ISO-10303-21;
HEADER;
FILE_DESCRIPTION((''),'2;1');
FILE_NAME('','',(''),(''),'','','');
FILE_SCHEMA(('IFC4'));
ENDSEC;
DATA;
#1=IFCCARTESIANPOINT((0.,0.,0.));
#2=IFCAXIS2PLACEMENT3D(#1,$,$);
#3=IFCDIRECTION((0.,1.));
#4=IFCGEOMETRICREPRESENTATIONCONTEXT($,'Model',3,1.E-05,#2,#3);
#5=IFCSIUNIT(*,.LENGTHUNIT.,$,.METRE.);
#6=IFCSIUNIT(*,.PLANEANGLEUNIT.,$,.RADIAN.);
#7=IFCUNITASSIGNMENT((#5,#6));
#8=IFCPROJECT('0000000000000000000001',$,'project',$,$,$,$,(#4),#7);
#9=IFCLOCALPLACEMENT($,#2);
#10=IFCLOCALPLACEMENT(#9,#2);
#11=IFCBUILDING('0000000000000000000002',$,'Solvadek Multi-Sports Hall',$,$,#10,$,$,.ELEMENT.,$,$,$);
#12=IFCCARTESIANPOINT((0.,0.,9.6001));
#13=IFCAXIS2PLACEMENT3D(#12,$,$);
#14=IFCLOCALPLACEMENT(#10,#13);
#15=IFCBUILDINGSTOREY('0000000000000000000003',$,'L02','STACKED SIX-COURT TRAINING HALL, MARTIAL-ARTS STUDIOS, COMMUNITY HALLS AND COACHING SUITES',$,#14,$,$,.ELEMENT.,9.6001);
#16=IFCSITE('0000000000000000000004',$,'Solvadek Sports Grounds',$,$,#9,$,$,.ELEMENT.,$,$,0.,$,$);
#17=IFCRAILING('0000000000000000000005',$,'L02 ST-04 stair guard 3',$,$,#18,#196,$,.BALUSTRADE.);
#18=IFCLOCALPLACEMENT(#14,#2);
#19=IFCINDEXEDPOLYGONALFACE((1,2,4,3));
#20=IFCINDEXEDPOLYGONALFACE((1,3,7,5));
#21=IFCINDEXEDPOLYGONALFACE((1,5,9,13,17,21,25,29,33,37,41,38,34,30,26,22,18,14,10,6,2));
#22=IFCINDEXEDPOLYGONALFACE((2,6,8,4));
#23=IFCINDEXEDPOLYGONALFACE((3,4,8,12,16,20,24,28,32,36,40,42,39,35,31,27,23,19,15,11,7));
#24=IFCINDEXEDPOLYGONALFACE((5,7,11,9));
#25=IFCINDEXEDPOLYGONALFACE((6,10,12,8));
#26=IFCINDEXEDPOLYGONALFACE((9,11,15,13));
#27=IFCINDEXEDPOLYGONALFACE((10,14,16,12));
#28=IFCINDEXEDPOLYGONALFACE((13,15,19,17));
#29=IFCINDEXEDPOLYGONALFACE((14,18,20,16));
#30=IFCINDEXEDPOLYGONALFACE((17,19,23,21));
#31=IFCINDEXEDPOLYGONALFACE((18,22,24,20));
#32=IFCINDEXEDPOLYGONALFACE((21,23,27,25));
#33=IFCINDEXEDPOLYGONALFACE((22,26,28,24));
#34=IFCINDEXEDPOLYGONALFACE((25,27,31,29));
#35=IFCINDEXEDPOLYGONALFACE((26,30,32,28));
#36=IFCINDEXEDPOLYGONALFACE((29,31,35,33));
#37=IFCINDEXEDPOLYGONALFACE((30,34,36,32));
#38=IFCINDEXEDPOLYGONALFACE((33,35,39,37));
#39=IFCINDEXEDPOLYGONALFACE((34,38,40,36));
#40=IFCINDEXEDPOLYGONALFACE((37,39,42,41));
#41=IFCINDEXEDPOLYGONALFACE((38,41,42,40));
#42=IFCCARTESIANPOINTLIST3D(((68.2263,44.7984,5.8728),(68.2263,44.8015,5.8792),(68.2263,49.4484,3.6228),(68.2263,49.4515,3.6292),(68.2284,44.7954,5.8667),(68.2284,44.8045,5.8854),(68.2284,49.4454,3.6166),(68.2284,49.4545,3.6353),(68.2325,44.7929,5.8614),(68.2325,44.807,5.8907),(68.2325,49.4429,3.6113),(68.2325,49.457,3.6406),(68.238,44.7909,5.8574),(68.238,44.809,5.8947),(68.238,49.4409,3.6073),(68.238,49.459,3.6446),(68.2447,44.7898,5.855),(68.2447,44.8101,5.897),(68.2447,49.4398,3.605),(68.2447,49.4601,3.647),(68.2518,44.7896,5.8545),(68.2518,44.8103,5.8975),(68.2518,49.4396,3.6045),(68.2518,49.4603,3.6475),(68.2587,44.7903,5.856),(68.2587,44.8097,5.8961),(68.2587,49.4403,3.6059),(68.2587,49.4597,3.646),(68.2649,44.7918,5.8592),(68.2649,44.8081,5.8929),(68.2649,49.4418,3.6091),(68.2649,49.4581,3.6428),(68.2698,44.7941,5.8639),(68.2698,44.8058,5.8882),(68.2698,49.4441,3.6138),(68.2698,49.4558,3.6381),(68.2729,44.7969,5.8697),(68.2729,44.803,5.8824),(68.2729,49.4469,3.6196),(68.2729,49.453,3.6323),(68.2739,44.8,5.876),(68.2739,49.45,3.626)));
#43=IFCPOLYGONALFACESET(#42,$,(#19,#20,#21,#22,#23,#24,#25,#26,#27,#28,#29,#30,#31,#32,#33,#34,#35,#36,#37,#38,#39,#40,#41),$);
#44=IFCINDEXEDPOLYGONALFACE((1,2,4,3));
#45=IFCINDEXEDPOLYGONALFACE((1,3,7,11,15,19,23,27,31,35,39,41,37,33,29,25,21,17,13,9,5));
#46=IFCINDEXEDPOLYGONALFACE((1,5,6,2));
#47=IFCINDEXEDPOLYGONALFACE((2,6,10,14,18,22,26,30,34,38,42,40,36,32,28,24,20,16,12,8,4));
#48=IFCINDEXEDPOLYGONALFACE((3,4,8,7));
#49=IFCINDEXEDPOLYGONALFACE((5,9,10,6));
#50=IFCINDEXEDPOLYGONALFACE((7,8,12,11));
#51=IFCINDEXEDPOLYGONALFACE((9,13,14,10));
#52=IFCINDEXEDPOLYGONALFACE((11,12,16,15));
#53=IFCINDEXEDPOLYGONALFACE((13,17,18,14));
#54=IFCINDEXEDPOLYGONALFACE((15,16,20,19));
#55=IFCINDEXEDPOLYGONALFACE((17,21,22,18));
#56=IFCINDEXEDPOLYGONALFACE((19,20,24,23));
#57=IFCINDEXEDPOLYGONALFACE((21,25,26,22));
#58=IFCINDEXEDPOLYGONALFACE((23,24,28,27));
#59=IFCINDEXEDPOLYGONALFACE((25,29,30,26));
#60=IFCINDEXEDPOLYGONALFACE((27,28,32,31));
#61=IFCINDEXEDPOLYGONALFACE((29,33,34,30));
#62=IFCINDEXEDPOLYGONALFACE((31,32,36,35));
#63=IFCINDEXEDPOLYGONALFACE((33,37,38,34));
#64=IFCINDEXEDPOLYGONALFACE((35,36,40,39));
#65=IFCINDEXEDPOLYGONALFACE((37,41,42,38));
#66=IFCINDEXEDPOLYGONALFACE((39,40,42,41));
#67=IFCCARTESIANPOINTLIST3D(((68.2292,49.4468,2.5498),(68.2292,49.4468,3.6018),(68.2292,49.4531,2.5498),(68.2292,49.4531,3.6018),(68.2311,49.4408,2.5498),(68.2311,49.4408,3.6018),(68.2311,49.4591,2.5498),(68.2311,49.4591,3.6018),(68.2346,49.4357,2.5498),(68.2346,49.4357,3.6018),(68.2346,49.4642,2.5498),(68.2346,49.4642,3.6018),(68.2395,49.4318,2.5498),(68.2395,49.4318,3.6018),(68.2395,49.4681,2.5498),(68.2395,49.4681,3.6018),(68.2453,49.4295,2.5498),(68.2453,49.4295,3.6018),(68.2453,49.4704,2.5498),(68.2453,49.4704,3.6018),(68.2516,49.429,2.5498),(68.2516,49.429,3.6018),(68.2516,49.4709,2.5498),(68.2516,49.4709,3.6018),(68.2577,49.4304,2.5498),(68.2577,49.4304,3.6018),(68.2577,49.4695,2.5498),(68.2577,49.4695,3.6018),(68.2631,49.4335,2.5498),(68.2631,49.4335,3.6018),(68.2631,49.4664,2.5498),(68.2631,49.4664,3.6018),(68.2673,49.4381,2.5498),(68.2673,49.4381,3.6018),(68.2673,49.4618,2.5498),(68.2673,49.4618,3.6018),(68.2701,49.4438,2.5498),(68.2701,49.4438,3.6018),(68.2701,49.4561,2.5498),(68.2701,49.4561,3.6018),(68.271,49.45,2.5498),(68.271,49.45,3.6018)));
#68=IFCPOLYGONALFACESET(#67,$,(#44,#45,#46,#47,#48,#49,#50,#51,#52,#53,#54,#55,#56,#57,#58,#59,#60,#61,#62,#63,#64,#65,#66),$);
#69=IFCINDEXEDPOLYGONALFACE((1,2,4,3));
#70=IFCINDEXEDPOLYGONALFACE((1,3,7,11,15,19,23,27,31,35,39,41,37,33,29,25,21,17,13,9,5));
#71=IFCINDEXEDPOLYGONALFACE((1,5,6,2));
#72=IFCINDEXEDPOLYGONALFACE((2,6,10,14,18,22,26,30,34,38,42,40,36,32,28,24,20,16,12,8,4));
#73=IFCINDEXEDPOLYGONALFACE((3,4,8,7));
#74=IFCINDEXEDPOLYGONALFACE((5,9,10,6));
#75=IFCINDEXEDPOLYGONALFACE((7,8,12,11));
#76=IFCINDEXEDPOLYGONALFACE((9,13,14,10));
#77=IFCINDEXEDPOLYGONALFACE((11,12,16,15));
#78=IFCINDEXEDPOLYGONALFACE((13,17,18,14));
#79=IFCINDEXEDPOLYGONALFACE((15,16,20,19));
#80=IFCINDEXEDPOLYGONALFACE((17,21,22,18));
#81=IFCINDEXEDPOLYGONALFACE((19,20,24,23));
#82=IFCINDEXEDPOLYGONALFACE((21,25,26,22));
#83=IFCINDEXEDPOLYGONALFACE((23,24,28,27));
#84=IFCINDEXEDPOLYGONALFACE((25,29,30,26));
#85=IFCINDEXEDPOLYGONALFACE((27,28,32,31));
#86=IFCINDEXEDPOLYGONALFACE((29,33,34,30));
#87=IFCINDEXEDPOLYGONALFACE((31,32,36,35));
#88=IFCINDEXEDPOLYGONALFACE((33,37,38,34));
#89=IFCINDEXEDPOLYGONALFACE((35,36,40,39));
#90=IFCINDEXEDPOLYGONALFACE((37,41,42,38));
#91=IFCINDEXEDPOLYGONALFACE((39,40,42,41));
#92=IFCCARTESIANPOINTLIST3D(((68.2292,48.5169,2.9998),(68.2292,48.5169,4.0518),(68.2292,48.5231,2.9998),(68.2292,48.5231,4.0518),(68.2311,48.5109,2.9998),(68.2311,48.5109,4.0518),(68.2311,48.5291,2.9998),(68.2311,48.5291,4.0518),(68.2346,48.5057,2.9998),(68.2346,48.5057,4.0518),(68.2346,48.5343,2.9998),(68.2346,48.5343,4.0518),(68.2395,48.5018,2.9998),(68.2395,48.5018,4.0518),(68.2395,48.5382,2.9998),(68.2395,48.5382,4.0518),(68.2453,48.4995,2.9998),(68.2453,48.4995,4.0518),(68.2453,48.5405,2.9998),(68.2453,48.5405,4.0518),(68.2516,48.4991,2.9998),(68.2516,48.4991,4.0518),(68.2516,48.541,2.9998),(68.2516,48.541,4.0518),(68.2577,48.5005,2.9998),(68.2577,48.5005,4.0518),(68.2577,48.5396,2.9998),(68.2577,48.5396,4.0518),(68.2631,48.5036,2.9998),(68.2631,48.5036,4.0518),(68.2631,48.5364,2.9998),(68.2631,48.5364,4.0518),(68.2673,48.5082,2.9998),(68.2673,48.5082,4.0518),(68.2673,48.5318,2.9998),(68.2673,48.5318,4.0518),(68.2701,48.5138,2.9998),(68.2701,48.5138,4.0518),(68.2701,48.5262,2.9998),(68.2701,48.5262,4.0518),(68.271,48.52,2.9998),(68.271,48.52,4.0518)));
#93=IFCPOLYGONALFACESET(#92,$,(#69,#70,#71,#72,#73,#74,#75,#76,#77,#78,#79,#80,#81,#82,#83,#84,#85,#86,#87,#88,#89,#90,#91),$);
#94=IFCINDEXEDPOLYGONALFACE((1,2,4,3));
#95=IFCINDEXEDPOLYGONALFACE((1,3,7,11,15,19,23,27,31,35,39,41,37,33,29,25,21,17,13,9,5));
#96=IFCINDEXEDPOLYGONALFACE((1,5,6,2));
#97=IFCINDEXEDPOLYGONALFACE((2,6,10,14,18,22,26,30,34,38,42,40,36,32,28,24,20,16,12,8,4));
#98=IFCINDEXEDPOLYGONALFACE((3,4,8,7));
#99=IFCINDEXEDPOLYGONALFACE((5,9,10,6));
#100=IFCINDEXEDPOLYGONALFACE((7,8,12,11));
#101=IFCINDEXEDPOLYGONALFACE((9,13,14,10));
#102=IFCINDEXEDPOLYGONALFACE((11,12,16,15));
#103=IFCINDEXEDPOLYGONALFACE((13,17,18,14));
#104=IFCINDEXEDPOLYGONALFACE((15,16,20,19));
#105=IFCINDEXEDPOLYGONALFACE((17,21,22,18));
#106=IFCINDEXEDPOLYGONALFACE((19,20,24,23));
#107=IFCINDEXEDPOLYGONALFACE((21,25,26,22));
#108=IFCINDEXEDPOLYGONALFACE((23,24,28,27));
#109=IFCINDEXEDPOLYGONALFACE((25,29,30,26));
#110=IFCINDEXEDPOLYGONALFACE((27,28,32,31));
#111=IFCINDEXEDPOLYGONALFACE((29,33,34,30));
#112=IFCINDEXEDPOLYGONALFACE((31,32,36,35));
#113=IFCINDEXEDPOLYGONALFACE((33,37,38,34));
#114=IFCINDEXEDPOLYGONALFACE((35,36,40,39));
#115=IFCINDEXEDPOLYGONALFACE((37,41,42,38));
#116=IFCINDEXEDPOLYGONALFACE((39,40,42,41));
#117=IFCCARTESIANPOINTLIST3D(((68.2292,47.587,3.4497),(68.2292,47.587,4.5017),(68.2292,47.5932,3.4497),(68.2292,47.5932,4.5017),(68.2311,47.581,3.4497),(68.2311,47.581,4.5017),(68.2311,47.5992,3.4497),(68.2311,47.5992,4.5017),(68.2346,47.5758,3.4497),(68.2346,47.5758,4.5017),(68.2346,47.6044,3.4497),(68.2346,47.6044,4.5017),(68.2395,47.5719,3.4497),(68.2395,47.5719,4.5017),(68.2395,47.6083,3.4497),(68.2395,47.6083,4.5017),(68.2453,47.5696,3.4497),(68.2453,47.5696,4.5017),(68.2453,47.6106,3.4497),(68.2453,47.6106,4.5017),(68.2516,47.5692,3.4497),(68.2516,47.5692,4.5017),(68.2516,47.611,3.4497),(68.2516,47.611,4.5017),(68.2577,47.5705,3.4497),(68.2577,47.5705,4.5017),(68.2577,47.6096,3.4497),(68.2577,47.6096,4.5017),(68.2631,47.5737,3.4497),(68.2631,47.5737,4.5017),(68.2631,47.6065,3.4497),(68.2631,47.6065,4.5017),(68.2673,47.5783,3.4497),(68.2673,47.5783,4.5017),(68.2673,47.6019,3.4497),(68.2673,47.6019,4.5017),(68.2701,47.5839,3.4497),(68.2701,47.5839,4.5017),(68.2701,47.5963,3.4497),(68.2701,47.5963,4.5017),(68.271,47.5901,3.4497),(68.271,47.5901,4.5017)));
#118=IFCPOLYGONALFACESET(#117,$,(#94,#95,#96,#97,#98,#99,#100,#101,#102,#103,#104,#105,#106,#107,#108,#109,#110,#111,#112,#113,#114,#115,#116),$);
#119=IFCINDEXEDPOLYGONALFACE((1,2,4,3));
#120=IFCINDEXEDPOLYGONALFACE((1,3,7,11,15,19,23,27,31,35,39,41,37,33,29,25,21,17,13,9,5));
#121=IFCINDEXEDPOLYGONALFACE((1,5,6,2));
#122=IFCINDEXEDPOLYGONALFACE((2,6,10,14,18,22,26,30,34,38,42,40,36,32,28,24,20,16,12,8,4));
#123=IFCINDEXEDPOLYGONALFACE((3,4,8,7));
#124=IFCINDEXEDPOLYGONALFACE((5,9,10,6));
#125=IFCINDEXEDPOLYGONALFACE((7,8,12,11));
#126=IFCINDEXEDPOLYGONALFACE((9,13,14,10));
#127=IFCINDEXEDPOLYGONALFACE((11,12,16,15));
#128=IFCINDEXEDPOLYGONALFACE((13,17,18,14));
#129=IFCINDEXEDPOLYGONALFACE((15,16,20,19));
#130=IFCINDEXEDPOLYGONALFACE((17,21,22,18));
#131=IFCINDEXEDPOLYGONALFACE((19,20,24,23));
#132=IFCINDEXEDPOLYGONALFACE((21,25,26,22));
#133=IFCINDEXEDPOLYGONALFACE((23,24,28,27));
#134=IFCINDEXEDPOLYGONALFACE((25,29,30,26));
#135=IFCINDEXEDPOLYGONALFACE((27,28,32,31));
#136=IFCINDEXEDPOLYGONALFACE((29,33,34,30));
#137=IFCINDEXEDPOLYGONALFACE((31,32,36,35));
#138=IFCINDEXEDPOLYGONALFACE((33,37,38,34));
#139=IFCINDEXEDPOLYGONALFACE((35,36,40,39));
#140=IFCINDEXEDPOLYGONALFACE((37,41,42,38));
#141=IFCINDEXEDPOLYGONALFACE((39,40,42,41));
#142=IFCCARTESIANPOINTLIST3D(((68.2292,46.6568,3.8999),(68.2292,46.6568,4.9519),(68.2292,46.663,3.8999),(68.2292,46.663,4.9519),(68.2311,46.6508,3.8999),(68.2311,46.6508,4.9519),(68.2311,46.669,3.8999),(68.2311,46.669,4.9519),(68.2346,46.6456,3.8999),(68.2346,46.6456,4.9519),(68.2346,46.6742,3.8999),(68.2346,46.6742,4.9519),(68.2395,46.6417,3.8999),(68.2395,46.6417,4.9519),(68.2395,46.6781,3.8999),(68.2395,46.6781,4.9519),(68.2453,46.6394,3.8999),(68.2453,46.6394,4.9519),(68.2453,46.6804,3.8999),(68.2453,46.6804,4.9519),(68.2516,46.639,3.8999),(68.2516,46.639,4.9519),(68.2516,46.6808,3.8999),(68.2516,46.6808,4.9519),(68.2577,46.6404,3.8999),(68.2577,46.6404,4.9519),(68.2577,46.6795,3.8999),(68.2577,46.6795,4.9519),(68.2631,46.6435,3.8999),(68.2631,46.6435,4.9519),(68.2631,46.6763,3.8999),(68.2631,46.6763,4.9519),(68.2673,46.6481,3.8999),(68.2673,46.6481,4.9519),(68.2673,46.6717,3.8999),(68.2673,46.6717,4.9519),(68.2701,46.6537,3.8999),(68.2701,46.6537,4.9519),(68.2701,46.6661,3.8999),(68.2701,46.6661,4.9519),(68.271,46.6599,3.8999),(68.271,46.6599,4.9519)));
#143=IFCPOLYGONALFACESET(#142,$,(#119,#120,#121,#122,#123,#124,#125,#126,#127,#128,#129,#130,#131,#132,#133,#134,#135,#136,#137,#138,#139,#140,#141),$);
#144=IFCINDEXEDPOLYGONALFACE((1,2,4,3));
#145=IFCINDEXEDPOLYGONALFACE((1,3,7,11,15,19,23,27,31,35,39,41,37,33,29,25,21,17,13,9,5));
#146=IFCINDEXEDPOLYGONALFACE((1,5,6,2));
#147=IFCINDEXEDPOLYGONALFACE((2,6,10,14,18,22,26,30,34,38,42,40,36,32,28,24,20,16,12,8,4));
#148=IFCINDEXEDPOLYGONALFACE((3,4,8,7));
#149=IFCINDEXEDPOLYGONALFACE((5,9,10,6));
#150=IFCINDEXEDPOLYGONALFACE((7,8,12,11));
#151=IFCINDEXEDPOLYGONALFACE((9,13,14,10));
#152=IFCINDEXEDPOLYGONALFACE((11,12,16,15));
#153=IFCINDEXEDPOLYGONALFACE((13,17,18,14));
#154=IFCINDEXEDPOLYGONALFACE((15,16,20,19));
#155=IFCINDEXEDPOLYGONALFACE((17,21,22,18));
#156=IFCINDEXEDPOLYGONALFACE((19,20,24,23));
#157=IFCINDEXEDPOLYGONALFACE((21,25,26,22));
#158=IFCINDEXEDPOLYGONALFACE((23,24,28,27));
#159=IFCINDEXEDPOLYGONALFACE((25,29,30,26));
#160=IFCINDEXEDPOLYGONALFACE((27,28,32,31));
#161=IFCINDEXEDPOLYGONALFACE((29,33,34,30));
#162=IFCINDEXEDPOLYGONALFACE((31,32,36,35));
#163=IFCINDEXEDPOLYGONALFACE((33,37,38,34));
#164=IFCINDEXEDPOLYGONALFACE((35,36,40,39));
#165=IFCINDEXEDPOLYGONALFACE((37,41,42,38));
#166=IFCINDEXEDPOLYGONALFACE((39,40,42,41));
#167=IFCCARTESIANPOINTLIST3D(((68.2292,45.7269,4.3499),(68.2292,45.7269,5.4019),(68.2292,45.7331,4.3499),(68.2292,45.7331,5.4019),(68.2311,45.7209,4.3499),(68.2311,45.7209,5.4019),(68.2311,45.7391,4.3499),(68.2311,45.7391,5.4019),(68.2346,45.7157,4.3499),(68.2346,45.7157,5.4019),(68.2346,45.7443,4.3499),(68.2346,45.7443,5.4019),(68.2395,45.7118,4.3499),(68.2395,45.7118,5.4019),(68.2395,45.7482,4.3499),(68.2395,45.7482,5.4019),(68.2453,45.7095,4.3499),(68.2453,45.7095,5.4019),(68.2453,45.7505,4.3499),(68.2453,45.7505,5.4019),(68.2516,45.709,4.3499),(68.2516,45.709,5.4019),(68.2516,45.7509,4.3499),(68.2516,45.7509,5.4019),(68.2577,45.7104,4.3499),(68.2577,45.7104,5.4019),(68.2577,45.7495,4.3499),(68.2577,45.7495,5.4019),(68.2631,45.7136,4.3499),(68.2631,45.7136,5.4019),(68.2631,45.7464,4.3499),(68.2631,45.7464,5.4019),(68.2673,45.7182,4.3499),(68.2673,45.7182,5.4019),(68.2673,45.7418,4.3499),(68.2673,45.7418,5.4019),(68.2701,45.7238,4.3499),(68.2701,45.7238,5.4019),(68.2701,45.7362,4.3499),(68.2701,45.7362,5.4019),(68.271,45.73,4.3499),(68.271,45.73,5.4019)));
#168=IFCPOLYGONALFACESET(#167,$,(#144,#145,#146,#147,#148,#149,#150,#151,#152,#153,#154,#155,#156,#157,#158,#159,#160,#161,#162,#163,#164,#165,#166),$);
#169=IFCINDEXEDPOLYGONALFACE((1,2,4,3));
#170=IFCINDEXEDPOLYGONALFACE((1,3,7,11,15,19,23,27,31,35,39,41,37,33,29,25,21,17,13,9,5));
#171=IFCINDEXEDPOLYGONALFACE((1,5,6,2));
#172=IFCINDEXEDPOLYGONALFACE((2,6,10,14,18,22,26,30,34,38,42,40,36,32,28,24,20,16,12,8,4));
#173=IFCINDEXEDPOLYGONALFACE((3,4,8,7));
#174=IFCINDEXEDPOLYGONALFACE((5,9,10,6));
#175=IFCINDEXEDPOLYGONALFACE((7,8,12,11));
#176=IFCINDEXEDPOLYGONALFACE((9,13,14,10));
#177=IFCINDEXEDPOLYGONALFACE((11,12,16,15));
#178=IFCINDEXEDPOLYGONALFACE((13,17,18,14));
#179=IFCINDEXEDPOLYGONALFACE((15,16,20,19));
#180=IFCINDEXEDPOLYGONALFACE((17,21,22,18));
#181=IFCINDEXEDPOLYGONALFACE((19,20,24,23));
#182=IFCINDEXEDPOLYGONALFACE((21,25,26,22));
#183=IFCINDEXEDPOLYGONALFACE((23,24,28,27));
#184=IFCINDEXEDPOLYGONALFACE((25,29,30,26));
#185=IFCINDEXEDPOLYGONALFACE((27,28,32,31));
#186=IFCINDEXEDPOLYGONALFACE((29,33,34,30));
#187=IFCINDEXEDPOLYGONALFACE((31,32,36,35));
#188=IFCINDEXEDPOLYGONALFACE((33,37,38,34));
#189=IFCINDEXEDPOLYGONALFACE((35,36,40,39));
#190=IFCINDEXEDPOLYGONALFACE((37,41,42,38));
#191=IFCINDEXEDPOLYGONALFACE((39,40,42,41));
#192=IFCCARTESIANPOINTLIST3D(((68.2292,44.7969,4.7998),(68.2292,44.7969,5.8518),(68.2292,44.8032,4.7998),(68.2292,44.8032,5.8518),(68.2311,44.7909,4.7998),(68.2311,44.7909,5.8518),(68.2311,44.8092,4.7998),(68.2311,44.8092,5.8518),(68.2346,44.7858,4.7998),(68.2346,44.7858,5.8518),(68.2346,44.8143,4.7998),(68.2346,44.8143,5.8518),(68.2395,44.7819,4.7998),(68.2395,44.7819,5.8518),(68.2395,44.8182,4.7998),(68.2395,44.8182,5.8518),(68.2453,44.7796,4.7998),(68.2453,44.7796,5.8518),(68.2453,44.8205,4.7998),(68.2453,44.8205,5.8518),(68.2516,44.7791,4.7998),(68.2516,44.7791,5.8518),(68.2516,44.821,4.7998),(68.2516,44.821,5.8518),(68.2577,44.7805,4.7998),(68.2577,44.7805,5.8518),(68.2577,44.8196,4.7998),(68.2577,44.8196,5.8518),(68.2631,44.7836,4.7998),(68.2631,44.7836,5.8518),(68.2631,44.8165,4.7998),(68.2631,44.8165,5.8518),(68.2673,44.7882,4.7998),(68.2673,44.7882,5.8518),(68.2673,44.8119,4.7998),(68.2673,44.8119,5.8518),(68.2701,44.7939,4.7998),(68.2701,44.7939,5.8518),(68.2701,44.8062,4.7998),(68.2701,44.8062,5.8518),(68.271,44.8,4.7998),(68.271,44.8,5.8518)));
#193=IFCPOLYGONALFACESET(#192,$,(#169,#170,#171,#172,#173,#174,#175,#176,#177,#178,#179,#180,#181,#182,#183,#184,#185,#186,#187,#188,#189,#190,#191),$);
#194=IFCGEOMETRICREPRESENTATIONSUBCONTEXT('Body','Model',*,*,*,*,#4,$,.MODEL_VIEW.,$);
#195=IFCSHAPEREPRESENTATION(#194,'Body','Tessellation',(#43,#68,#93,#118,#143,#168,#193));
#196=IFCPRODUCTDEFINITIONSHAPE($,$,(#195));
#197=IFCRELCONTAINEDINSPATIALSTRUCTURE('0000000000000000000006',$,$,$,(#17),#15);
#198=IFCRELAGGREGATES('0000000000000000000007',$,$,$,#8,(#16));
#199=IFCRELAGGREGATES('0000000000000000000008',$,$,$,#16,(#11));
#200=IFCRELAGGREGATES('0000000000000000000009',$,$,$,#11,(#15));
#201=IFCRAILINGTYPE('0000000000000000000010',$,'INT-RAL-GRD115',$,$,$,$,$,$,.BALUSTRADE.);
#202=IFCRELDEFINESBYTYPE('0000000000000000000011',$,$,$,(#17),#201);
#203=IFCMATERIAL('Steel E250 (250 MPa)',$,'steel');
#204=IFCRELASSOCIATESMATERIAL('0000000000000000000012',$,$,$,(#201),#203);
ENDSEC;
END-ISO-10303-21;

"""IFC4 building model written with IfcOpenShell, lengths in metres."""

from ifc_helpers import new_model, si_unit, direction, frame, origin, origin_2d, place, context, subcontext, project, spatial, circle, extrude, material, type_object, element, save


model = new_model("IFC4")

# Units and contexts
model_context = context("Model", 3, precision=1e-05, world=origin(), true_north=direction((0.0, 1.0)))
body_context = subcontext(model_context, "Body", "Model", "MODEL_VIEW")
ifc_project = project(units=[si_unit("LENGTHUNIT", "METRE"), si_unit("PLANEANGLEUNIT", "RADIAN")], contexts=[model_context])

# Site, building, storey
site_placement = place(None, origin())
site = spatial("IfcSite", under=ifc_project, at=site_placement, Name="Solvadek Sports Grounds", CompositionType="ELEMENT", RefElevation=0.0)
building_placement = place(site_placement, origin())
building = spatial("IfcBuilding", under=site, at=building_placement, Name="Solvadek Multi-Sports Hall", CompositionType="ELEMENT")
storey_placement = place(building_placement, frame((0.0, 0.0, 9.6001)))
storey = spatial("IfcBuildingStorey", under=building, at=storey_placement, Name="L02", Description="STACKED SIX-COURT TRAINING HALL, MARTIAL-ARTS STUDIOS, COMMUNITY HALLS AND COACHING SUITES", CompositionType="ELEMENT", Elevation=9.6001)

# Shared definitions
ifc_material_1 = material(Name="Steel E250 (250 MPa)", Category="steel")

# Railing
railing_type_1 = type_object("IfcRailingType", Name="INT-RAL-GRD115", PredefinedType="BALUSTRADE", material=ifc_material_1)
railing_1_placement = place(storey_placement, frame((68.25, 49.45, 2.5498)))
element("IfcRailing", 1, at=railing_1_placement, inside=storey, type_object=railing_type_1, Name="L02 ST-04 stair guard 3", PredefinedType="BALUSTRADE", context=body_context, shape_type="SweptSolid", body=[
    extrude(circle(Radius=0.0239, at=origin_2d()), frame((0.0, 0.0, 1.0762), z_axis=(0.0, -0.900156, 0.435568), x_axis=(1.0, 0.0, 0.0)), (0.0, 0.0, 1.0), 5.1658),
    extrude(circle(Radius=0.021, at=origin_2d()), origin(), (0.0, 0.0, 1.0), 1.052),
    extrude(circle(Radius=0.021, at=origin_2d()), frame((0.0, -0.9299, 0.45)), (0.0, 0.0, 1.0), 1.052),
    extrude(circle(Radius=0.021, at=origin_2d()), frame((0.0, -1.8599, 0.8999)), (0.0, 0.0, 1.0), 1.052),
    extrude(circle(Radius=0.021, at=origin_2d()), frame((0.0, -2.79, 1.3501)), (0.0, 0.0, 1.0), 1.052),
    extrude(circle(Radius=0.021, at=origin_2d()), frame((0.0, -3.72, 1.8)), (0.0, 0.0, 1.0), 1.052),
    extrude(circle(Radius=0.021, at=origin_2d()), frame((0.0, -4.6499, 2.25)), (0.0, 0.0, 1.0), 1.052),
])

save(model, "model.ifc")
